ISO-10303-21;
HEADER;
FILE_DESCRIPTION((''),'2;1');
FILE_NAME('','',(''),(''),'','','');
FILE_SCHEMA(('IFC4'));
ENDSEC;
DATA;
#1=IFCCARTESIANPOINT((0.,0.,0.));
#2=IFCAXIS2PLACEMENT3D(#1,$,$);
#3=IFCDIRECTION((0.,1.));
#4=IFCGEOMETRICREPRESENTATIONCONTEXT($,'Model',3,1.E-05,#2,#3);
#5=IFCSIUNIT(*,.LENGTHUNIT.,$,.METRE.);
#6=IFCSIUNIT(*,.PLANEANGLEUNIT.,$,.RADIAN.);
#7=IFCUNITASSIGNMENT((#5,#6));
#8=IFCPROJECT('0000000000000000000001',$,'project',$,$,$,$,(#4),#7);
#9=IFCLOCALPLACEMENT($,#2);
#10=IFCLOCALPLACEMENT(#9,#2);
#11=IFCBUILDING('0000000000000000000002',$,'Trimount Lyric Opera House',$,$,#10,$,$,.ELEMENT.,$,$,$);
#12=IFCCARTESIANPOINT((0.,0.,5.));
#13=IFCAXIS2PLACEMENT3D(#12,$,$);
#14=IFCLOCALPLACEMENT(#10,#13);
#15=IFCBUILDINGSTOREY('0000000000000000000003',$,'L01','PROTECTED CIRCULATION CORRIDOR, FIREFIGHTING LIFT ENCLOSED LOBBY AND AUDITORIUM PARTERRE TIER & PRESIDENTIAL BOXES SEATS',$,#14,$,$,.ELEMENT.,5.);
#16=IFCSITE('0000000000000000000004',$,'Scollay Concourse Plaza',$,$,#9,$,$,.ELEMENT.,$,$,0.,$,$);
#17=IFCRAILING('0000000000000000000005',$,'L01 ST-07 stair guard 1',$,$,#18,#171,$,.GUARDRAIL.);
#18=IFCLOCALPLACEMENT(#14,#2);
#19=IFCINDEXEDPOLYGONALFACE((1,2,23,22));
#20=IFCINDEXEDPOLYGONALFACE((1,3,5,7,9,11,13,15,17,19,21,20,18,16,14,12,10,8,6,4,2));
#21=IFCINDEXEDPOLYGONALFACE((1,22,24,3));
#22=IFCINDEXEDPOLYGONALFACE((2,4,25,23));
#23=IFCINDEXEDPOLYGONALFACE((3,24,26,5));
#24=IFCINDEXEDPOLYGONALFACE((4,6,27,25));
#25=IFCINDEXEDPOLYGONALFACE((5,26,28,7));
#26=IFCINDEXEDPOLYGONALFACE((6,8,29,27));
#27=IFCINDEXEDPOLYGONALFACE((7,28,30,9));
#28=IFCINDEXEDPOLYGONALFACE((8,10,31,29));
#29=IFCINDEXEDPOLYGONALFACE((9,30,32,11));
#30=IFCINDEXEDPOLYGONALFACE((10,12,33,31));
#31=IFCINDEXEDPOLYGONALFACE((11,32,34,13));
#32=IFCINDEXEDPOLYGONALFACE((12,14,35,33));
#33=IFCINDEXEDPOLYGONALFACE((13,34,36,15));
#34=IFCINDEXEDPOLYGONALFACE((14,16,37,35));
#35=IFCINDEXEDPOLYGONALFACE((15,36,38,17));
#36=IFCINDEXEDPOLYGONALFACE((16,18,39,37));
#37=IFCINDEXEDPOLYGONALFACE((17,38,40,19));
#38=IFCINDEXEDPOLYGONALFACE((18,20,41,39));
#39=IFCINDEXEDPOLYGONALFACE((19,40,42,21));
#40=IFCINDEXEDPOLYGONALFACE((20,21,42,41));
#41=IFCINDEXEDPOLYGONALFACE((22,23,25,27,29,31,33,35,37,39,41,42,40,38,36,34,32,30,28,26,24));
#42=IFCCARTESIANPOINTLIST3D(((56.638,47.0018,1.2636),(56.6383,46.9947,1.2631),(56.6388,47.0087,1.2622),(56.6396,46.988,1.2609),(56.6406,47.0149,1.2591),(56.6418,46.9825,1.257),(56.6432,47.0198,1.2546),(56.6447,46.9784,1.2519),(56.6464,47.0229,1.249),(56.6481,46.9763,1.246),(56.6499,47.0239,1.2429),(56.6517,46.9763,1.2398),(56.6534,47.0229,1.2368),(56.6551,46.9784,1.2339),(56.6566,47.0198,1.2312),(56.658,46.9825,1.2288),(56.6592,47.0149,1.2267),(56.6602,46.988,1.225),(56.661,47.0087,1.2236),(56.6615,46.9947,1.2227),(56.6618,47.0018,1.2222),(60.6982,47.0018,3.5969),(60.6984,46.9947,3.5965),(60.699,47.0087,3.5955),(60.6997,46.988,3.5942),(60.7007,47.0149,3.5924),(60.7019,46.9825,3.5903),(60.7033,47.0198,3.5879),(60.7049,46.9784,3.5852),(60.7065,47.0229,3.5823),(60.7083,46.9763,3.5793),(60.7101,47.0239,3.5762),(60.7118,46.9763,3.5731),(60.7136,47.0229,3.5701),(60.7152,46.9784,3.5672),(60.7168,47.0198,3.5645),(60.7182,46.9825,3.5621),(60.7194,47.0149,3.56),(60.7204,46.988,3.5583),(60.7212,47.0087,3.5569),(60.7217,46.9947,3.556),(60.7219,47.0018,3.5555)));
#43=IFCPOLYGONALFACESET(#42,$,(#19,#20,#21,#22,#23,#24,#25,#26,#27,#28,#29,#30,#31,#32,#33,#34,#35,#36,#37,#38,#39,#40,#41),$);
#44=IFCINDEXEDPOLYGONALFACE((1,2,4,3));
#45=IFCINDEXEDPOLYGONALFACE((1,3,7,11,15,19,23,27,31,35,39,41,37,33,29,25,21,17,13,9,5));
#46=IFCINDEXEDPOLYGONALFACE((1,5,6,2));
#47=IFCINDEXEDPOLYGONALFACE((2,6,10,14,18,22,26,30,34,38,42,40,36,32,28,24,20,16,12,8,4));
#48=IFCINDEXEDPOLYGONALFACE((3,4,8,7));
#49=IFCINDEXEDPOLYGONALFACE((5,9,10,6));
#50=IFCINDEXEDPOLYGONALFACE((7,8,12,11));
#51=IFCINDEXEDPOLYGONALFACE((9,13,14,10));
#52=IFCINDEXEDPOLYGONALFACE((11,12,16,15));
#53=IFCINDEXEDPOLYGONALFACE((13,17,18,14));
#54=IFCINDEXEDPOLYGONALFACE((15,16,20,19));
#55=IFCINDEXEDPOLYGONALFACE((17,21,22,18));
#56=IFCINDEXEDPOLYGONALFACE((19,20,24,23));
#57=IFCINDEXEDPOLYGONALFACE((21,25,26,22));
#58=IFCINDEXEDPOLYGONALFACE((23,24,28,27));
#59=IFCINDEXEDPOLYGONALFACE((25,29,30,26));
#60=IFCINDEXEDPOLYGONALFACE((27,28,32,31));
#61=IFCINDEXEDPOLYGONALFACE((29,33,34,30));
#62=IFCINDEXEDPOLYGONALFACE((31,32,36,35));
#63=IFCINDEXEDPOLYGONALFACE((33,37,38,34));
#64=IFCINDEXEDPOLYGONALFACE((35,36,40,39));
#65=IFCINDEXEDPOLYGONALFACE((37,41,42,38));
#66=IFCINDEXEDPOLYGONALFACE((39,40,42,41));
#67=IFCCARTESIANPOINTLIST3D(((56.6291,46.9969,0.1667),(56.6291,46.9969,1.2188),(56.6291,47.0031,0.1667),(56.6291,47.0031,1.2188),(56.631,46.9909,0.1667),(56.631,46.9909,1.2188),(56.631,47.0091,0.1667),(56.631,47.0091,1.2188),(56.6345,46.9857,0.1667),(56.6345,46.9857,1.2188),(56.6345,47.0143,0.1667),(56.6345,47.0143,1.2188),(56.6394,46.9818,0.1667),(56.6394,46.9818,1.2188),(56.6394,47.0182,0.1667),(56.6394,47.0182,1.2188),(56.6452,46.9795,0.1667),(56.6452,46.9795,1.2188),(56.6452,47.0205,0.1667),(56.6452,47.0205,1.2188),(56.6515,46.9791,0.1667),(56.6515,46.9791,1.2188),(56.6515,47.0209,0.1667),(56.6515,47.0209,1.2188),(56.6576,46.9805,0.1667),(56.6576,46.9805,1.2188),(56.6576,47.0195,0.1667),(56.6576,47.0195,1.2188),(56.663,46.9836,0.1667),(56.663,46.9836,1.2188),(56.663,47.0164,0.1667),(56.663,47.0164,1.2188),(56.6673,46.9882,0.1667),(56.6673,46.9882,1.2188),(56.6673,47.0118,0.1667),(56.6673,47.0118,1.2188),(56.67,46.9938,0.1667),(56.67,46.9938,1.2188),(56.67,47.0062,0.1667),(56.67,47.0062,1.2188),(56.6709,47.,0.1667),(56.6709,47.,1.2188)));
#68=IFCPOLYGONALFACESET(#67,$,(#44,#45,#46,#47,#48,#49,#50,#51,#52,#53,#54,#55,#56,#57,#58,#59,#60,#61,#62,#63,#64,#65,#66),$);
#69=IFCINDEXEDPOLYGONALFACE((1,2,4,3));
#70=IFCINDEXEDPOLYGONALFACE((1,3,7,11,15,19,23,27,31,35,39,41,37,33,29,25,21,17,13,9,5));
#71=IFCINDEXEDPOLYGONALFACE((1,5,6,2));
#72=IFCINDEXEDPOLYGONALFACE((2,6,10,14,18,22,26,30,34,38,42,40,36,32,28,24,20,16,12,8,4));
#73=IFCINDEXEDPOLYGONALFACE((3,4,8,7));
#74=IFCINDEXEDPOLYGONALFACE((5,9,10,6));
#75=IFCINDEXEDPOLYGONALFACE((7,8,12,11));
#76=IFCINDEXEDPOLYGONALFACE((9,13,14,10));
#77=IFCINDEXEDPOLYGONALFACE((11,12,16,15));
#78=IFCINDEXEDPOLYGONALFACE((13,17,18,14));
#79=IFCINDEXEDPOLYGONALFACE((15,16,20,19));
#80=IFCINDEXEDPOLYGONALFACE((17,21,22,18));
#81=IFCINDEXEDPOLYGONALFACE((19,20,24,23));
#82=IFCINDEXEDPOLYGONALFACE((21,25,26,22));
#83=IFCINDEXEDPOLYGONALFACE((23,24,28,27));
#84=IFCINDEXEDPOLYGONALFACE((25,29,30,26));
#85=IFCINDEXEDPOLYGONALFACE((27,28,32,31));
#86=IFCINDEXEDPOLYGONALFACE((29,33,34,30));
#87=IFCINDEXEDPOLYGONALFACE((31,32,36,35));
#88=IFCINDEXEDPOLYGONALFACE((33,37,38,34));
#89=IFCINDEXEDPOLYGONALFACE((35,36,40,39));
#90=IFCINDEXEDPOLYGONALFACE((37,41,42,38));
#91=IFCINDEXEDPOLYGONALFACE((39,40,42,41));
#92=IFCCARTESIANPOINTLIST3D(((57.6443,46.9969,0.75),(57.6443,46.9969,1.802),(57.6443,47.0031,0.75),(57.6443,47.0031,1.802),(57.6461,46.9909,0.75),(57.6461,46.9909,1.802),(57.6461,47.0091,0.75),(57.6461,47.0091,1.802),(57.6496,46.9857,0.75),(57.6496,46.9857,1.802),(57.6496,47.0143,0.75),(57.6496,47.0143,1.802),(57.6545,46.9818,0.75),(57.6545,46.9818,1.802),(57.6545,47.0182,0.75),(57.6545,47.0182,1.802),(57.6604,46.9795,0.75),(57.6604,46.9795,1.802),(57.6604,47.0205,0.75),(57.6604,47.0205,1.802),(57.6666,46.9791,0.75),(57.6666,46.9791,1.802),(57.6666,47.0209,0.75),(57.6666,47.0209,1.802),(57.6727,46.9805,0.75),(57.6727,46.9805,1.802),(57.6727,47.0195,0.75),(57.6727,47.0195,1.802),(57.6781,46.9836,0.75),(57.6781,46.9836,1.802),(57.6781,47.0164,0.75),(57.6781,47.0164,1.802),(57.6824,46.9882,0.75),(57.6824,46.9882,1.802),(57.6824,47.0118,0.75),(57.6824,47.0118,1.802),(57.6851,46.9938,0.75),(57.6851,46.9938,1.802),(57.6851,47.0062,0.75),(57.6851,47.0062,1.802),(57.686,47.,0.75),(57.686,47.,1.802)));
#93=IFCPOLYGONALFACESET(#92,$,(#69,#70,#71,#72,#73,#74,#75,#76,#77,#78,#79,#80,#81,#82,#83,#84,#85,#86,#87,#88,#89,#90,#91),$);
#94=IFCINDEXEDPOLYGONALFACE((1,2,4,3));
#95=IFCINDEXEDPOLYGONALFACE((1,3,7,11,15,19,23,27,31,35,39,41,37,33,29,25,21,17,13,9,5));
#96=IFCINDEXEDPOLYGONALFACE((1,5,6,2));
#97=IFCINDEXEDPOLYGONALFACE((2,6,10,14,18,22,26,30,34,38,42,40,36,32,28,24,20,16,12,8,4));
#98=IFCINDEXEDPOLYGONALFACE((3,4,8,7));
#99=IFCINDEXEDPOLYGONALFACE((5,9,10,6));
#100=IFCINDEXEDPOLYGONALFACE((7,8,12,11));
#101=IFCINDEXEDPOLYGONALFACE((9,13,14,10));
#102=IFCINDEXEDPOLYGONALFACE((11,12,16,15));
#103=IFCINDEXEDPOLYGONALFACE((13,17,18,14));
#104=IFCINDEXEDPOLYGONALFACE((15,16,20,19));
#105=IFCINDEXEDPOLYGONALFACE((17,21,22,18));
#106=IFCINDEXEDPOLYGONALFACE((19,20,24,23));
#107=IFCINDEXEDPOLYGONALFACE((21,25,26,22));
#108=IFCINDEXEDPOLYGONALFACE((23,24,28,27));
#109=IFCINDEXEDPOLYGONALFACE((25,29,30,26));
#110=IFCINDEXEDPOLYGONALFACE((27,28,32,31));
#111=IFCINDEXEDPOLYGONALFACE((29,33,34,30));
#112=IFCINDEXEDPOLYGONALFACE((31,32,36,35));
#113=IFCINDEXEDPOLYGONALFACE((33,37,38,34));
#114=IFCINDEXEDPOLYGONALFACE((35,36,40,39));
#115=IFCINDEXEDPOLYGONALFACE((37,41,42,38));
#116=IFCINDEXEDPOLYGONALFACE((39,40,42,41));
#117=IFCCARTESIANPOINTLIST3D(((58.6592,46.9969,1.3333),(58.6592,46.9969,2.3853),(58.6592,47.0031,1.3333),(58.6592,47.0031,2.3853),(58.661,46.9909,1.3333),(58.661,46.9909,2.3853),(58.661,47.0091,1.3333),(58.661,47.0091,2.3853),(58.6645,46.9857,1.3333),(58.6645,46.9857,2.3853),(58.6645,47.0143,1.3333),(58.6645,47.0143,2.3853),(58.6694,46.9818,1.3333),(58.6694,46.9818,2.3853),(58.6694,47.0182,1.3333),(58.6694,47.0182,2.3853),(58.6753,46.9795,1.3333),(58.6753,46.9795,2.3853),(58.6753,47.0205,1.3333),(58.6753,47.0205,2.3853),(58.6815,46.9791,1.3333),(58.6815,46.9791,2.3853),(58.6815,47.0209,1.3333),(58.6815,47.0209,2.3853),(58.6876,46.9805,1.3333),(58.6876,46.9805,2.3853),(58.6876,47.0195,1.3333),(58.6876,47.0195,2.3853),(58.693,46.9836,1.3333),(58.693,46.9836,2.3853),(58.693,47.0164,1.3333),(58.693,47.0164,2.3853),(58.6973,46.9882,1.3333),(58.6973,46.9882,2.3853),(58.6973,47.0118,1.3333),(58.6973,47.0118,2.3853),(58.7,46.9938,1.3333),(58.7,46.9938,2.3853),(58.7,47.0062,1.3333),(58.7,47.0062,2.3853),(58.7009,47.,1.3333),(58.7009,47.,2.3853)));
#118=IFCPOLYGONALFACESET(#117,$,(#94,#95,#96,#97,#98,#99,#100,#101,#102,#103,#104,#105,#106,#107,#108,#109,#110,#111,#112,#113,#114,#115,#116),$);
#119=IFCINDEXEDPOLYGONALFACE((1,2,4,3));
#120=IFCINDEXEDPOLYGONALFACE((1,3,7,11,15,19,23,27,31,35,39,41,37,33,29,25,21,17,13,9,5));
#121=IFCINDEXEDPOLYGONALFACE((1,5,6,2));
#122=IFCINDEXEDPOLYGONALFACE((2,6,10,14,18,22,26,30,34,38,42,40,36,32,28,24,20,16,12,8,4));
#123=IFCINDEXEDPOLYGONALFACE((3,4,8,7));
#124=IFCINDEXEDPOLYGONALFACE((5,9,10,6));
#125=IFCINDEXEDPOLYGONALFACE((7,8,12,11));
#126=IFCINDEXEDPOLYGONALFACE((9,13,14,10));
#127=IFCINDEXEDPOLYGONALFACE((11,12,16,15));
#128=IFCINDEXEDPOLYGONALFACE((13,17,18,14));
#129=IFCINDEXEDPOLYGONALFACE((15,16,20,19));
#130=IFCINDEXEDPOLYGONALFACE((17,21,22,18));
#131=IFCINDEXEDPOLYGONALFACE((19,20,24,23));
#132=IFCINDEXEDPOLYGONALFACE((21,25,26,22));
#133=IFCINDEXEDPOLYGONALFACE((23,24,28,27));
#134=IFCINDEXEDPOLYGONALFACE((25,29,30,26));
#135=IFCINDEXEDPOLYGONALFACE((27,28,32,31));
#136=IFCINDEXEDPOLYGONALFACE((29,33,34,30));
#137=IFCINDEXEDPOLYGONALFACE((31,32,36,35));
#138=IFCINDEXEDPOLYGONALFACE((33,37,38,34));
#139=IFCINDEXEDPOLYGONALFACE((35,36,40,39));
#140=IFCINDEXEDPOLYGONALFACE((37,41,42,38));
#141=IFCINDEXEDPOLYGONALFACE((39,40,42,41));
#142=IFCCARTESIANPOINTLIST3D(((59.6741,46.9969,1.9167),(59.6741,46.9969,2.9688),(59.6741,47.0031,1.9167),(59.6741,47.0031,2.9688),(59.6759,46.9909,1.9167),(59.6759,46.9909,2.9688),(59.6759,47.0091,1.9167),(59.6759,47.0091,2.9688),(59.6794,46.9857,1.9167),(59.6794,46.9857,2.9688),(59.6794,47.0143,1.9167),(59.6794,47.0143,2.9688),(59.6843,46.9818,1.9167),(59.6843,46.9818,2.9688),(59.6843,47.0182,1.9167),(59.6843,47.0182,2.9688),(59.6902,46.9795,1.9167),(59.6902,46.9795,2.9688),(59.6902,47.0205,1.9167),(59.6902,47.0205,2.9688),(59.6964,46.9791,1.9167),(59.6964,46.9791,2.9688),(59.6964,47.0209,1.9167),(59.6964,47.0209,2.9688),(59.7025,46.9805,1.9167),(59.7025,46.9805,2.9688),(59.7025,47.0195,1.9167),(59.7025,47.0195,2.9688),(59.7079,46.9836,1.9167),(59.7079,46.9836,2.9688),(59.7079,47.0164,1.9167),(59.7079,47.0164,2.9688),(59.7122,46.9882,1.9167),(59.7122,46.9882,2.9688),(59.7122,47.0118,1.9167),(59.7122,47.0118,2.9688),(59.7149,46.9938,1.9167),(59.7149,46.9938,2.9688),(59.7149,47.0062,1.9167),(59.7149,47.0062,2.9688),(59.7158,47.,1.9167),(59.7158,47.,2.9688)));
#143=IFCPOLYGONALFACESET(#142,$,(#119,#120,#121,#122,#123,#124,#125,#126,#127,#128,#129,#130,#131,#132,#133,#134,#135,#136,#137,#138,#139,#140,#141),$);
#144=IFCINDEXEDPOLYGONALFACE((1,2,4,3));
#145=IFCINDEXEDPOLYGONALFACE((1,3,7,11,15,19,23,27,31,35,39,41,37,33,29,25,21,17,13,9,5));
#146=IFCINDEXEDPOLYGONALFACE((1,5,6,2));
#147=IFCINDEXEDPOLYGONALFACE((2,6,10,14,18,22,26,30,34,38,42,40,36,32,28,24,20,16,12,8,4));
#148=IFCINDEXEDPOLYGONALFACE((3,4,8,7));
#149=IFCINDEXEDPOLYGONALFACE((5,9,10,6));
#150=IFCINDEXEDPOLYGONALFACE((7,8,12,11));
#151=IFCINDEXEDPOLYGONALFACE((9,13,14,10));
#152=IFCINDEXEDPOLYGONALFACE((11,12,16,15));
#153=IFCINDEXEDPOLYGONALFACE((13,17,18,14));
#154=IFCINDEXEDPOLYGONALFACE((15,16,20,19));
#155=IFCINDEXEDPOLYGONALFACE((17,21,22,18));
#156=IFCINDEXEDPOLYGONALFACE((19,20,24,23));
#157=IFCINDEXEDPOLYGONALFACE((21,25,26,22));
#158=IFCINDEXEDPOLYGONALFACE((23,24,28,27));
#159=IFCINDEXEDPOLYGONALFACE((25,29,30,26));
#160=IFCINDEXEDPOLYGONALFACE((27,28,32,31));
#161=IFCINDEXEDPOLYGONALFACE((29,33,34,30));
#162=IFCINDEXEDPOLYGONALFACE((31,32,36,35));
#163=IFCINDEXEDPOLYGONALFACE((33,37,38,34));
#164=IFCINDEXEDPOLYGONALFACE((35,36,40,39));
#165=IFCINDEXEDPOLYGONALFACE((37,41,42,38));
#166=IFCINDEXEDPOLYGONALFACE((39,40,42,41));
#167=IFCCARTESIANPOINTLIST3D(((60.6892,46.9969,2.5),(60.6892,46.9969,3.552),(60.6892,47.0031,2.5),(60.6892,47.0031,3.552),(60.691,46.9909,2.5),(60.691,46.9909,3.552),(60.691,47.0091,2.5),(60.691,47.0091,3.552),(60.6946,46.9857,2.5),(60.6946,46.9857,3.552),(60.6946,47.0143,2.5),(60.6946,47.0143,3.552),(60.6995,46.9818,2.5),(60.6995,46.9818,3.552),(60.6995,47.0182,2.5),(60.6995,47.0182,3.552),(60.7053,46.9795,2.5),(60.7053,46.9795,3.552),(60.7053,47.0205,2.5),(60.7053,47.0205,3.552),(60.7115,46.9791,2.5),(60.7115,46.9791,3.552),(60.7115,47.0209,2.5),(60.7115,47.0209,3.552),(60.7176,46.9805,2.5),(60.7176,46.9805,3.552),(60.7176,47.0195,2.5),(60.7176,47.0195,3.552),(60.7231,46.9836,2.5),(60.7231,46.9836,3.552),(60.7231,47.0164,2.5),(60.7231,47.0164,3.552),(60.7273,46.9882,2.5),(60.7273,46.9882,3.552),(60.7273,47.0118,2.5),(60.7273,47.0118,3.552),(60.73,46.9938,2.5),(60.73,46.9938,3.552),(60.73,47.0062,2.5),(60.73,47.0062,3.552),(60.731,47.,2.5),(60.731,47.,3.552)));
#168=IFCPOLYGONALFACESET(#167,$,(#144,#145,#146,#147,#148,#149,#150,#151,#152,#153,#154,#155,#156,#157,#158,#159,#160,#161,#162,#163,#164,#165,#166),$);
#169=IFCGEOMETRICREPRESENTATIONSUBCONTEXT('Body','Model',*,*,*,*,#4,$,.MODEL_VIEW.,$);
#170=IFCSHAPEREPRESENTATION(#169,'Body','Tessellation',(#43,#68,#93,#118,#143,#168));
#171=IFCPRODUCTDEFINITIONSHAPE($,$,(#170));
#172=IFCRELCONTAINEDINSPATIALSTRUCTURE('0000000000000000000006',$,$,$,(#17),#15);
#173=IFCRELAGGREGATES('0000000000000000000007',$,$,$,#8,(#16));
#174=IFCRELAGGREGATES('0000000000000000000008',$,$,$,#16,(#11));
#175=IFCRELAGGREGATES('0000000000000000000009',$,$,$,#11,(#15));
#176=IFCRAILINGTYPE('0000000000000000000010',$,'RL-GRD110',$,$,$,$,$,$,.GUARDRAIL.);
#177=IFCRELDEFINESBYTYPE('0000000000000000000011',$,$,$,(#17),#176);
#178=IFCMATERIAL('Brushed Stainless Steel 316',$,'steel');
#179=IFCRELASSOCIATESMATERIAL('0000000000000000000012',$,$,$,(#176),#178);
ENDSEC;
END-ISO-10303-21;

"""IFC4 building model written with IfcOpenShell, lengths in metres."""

from ifc_helpers import new_model, si_unit, direction, frame, origin, origin_2d, place, context, subcontext, project, spatial, circle, extrude, material, type_object, element, save


model = new_model("IFC4")

# Units and contexts
model_context = context("Model", 3, precision=1e-05, world=origin(), true_north=direction((0.0, 1.0)))
body_context = subcontext(model_context, "Body", "Model", "MODEL_VIEW")
ifc_project = project(units=[si_unit("LENGTHUNIT", "METRE"), si_unit("PLANEANGLEUNIT", "RADIAN")], contexts=[model_context])

# Site, building, storey
site_placement = place(None, origin())
site = spatial("IfcSite", under=ifc_project, at=site_placement, Name="Scollay Concourse Plaza", CompositionType="ELEMENT", RefElevation=0.0)
building_placement = place(site_placement, origin())
building = spatial("IfcBuilding", under=site, at=building_placement, Name="Trimount Lyric Opera House", CompositionType="ELEMENT")
storey_placement = place(building_placement, frame((0.0, 0.0, 5.0)))
storey = spatial("IfcBuildingStorey", under=building, at=storey_placement, Name="L01", Description="PROTECTED CIRCULATION CORRIDOR, FIREFIGHTING LIFT ENCLOSED LOBBY AND AUDITORIUM PARTERRE TIER & PRESIDENTIAL BOXES SEATS", CompositionType="ELEMENT", Elevation=5.0)

# Railing
ifc_material_1 = material(Name="Brushed Stainless Steel 316", Category="steel")
railing_type_1 = type_object("IfcRailingType", Name="RL-GRD110", PredefinedType="GUARDRAIL", material=ifc_material_1)
railing_1_placement = place(storey_placement, frame((56.6499, 47.0, 0.1667)))
element("IfcRailing", 1, at=railing_1_placement, inside=storey, type_object=railing_type_1, Name="L01 ST-07 stair guard 1", PredefinedType="GUARDRAIL", context=body_context, shape_type="SweptSolid", body=[
    extrude(circle(Radius=0.0239, at=origin_2d()), frame((0.0, 0.0, 1.0762), z_axis=(0.867025, 0.0, 0.498265), x_axis=(0.0, 1.0, 0.0)), (0.0, 0.0, 1.0), 4.6829),
    extrude(circle(Radius=0.021, at=origin_2d()), origin(), (0.0, 0.0, 1.0), 1.052),
    extrude(circle(Radius=0.021, at=origin_2d()), frame((1.0151, 0.0, 0.5833)), (0.0, 0.0, 1.0), 1.052),
    extrude(circle(Radius=0.021, at=origin_2d()), frame((2.03, 0.0, 1.1665)), (0.0, 0.0, 1.0), 1.052),
    extrude(circle(Radius=0.021, at=origin_2d()), frame((3.0449, 0.0, 1.75)), (0.0, 0.0, 1.0), 1.052),
    extrude(circle(Radius=0.021, at=origin_2d()), frame((4.0601, 0.0, 2.3333)), (0.0, 0.0, 1.0), 1.052),
])

save(model, "model.ifc")
